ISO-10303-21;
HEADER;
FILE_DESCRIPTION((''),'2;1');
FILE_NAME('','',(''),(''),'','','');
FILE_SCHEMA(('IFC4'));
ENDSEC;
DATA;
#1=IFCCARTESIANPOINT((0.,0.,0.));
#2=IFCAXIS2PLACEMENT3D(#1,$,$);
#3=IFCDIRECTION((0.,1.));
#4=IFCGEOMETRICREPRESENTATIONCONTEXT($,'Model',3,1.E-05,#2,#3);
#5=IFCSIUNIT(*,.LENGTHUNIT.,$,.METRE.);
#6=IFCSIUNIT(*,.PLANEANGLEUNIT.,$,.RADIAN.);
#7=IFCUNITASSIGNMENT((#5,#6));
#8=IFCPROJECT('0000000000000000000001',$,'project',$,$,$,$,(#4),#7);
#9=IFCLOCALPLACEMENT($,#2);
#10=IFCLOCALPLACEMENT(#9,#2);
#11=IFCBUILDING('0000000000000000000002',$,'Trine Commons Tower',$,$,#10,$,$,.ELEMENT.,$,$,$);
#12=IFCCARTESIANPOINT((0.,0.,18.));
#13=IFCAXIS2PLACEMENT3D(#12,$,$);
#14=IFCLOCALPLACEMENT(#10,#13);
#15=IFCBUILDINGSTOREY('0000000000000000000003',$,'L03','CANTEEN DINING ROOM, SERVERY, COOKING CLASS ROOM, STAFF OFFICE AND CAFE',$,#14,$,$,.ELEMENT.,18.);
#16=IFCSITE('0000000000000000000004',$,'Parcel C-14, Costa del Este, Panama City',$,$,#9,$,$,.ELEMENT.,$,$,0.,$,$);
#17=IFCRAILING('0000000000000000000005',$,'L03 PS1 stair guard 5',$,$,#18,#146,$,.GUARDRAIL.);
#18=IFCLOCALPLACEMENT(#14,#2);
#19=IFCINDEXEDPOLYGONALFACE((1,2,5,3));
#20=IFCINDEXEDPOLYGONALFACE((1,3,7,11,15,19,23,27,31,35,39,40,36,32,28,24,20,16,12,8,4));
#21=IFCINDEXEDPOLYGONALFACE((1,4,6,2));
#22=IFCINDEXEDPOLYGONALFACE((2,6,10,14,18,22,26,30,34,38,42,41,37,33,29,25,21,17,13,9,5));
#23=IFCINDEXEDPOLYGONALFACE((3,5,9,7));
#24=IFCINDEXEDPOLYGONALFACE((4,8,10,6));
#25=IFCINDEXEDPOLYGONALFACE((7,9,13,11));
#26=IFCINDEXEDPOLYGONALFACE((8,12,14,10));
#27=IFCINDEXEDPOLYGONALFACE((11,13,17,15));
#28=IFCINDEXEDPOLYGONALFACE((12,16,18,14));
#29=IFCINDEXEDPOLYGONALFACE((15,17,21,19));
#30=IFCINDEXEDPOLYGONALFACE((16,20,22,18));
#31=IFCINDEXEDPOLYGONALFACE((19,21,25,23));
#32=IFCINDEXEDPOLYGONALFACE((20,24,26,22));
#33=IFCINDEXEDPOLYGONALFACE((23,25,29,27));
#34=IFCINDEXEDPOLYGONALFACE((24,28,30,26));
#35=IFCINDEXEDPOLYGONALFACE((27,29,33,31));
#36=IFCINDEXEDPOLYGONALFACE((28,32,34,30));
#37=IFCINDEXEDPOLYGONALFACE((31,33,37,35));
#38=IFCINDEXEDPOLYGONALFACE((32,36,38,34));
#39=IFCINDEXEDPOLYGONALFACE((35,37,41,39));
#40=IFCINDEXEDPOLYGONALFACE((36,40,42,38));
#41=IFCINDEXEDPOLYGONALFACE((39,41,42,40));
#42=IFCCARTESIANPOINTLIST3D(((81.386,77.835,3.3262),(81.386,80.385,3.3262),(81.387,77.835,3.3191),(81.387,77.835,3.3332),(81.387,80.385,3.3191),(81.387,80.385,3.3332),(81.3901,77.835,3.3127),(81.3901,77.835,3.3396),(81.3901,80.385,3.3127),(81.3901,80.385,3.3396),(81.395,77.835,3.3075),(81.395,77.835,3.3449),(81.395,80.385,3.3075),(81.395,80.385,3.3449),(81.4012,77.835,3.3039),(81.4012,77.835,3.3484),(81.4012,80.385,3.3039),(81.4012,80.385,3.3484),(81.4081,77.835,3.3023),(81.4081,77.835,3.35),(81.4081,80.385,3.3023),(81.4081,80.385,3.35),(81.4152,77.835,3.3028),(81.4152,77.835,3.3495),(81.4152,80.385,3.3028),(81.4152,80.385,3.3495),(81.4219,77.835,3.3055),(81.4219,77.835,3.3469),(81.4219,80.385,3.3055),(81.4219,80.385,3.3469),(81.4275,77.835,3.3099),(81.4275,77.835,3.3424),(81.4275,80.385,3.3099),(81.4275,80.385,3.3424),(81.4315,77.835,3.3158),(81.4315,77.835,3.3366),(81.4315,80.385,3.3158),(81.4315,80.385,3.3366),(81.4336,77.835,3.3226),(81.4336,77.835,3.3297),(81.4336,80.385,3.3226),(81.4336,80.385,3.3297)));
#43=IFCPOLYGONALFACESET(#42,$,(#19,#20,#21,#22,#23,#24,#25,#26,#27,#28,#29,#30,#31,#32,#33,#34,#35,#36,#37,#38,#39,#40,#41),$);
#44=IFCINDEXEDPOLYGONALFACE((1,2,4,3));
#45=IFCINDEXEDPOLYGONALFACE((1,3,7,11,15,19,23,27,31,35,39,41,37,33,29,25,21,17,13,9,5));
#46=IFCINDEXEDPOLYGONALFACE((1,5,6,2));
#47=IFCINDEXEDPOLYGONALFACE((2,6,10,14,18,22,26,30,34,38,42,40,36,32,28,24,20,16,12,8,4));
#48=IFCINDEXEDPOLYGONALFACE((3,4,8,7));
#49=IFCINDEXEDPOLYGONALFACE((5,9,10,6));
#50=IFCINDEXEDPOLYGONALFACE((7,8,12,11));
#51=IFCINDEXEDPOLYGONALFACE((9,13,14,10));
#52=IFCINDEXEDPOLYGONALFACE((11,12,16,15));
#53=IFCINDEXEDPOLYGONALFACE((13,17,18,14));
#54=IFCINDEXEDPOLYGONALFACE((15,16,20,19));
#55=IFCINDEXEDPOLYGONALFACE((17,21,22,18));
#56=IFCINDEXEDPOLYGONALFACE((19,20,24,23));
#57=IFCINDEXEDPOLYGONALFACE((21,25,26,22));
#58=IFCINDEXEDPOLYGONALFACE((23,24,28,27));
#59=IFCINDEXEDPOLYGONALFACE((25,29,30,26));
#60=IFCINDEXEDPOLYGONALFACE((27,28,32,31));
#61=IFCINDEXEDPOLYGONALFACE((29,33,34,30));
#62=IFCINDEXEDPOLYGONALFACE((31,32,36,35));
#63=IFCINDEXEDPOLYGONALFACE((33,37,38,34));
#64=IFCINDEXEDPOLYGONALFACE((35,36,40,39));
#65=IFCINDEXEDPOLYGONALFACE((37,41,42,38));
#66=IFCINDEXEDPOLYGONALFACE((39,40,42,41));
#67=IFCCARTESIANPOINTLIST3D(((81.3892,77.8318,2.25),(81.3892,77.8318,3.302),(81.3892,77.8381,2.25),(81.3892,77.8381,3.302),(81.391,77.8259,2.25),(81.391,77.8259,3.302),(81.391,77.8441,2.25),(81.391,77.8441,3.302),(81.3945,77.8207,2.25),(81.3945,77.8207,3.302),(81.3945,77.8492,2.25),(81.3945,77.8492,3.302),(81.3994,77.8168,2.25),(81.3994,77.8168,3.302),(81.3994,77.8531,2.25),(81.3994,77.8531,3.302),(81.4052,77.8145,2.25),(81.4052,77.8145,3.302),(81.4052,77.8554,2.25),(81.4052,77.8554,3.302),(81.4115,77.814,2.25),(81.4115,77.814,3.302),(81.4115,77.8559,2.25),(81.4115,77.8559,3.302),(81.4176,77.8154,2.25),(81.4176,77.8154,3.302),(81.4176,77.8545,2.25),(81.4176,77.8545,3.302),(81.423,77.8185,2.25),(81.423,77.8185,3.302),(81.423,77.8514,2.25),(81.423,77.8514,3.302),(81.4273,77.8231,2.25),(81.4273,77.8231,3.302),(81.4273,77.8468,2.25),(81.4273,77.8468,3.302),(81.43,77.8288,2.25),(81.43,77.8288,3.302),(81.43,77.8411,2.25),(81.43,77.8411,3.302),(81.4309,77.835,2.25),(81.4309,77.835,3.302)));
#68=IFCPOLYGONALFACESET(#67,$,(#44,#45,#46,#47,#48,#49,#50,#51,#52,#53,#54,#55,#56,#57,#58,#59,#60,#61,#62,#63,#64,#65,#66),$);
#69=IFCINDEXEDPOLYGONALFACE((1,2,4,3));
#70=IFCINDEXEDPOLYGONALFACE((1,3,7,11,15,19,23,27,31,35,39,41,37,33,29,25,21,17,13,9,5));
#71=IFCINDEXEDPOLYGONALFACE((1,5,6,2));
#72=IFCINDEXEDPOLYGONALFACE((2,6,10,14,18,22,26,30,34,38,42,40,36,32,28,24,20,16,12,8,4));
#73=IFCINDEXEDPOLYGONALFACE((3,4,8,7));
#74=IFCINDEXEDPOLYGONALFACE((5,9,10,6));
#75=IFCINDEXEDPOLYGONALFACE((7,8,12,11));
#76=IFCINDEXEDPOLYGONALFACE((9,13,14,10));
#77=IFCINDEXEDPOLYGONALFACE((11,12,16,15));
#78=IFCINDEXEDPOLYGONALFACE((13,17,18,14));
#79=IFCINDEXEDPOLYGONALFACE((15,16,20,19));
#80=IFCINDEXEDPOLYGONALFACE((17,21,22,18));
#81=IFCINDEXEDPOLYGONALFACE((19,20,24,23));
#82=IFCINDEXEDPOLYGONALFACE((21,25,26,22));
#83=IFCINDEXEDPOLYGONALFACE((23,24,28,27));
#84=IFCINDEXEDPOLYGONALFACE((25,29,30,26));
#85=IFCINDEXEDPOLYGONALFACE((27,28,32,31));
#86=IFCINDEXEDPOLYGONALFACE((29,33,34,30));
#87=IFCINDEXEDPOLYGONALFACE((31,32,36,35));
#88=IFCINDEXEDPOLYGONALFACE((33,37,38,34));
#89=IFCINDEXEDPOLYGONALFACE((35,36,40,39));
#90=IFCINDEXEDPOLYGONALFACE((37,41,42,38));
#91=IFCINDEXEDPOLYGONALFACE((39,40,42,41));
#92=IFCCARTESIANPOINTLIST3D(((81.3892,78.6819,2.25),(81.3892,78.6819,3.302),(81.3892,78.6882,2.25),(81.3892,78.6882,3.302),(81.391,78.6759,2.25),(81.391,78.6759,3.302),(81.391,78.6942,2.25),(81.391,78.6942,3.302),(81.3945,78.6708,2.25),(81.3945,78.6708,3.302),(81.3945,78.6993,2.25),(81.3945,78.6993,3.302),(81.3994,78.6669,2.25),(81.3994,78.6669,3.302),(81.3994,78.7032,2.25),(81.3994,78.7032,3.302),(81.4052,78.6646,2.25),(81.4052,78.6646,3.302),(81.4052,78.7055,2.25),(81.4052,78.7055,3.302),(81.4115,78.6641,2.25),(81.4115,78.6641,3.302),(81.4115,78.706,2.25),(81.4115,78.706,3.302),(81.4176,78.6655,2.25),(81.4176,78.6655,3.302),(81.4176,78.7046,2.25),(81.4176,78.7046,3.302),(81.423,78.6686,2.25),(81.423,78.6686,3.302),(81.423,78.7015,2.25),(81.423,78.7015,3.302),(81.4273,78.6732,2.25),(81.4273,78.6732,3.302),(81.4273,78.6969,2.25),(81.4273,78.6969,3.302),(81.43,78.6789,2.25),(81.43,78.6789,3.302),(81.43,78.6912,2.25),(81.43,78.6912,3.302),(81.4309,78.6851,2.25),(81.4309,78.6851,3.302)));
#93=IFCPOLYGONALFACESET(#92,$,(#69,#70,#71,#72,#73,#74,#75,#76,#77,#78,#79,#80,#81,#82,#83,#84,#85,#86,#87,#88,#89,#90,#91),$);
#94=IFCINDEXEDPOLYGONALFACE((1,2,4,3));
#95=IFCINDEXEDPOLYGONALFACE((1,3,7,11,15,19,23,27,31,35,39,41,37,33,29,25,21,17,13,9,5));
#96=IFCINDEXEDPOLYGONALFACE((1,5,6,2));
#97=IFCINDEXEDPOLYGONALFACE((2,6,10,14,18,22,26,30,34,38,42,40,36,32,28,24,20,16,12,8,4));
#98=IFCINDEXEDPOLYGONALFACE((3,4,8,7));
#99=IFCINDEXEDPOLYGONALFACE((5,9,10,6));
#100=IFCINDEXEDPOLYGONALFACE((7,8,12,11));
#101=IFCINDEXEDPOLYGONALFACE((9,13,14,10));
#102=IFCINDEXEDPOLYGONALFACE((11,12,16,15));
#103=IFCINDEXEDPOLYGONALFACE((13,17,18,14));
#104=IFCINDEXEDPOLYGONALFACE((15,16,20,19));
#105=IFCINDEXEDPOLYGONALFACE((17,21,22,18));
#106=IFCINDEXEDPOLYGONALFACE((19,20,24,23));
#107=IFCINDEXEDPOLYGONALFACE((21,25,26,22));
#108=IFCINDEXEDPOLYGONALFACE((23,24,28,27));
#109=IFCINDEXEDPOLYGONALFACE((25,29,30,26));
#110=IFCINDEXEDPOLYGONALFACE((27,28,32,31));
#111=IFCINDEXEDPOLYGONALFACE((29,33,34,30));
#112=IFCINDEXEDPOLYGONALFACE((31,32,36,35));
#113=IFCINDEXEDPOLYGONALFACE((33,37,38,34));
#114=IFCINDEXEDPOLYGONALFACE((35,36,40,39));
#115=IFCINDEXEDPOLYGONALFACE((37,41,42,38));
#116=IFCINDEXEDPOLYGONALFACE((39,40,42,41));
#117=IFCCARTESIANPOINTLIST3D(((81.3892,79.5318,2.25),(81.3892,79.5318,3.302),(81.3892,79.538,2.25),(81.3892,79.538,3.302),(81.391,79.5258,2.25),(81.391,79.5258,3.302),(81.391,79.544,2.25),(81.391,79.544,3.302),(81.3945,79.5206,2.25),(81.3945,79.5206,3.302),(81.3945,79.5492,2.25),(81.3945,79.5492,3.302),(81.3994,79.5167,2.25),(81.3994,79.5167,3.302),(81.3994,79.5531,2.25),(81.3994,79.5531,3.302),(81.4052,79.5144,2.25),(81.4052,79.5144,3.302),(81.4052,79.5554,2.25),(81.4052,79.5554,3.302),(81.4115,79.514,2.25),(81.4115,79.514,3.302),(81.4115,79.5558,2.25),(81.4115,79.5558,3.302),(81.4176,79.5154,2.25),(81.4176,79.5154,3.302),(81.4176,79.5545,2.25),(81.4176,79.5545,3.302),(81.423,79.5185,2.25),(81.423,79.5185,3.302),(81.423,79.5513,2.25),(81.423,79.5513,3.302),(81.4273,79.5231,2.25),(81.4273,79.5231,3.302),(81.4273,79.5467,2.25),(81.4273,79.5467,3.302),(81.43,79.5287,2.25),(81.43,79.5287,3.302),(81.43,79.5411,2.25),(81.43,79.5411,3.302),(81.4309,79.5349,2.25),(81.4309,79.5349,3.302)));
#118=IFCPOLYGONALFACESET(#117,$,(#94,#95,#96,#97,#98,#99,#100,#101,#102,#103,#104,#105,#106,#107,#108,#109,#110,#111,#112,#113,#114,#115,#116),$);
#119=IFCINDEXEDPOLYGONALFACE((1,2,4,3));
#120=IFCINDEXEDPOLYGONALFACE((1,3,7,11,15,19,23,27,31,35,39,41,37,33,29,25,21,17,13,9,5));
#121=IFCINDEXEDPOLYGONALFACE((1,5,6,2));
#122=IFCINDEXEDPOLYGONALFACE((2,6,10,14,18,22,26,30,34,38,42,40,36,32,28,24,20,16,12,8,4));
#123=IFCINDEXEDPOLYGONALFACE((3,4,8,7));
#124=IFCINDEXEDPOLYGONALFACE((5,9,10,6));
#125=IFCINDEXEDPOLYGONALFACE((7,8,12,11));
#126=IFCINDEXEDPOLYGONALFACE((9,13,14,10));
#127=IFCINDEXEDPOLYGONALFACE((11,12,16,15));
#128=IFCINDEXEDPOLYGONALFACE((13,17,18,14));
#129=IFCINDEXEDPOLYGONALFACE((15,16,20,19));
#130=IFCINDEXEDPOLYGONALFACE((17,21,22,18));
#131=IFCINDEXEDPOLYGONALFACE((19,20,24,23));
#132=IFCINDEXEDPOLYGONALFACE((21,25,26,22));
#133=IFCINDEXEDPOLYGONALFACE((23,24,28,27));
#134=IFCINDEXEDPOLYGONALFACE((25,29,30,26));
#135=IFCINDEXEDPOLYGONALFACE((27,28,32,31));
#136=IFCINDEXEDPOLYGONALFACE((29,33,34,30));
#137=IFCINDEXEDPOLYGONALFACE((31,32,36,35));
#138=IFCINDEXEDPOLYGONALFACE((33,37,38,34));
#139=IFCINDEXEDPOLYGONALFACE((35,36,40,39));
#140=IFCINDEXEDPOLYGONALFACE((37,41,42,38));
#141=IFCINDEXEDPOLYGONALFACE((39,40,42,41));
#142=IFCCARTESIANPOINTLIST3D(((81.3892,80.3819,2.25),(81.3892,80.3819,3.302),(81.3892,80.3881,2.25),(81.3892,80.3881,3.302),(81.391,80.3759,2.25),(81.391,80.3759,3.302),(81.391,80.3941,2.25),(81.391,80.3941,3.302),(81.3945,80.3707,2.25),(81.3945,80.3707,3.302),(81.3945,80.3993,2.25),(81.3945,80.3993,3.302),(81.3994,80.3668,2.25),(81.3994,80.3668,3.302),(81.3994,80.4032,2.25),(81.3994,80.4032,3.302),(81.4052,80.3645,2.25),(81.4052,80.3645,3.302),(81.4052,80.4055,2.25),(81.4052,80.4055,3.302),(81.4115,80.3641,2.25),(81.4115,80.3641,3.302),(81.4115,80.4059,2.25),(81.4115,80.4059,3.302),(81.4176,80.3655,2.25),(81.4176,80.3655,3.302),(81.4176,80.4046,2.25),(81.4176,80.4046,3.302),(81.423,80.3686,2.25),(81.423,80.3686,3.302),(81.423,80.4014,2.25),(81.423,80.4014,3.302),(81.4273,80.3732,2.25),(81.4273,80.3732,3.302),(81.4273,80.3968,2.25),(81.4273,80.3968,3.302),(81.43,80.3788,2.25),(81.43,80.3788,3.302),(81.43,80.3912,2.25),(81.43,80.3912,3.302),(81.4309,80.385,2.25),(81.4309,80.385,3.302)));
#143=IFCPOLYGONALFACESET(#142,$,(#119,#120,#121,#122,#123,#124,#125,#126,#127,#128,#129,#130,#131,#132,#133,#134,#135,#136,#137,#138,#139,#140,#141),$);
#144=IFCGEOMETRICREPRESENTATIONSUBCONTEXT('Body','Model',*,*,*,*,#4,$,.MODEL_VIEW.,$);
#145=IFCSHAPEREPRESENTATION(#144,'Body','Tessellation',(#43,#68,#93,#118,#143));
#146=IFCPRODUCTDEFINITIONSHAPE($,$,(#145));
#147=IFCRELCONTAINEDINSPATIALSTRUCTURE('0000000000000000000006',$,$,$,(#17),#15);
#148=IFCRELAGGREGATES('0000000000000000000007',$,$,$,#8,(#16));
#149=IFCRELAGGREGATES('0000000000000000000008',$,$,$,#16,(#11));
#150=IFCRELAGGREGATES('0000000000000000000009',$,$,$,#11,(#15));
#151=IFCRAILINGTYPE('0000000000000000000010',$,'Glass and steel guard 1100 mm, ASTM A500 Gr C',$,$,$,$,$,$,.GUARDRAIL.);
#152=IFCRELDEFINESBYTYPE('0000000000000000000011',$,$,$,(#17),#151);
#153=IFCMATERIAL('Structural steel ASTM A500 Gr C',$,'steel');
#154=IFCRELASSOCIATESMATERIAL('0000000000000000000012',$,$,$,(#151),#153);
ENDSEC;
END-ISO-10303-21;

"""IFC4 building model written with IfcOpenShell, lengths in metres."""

from ifc_helpers import new_model, si_unit, direction, frame, origin, origin_2d, place, context, subcontext, project, spatial, circle, extrude, material, type_object, element, save


model = new_model("IFC4")

# Units and contexts
model_context = context("Model", 3, precision=1e-05, world=origin(), true_north=direction((0.0, 1.0)))
body_context = subcontext(model_context, "Body", "Model", "MODEL_VIEW")
ifc_project = project(units=[si_unit("LENGTHUNIT", "METRE"), si_unit("PLANEANGLEUNIT", "RADIAN")], contexts=[model_context])

# Site, building, storey
site_placement = place(None, origin())
site = spatial("IfcSite", under=ifc_project, at=site_placement, Name="Parcel C-14, Costa del Este, Panama City", CompositionType="ELEMENT", RefElevation=0.0)
building_placement = place(site_placement, origin())
building = spatial("IfcBuilding", under=site, at=building_placement, Name="Trine Commons Tower", CompositionType="ELEMENT")
storey_placement = place(building_placement, frame((0.0, 0.0, 18.0)))
storey = spatial("IfcBuildingStorey", under=building, at=storey_placement, Name="L03", Description="CANTEEN DINING ROOM, SERVERY, COOKING CLASS ROOM, STAFF OFFICE AND CAFE", CompositionType="ELEMENT", Elevation=18.0)

# Railing
ifc_material_1 = material(Name="Structural steel ASTM A500 Gr C", Category="steel")
railing_type_1 = type_object("IfcRailingType", Name="Glass and steel guard 1100 mm, ASTM A500 Gr C", PredefinedType="GUARDRAIL", material=ifc_material_1)
railing_1_placement = place(storey_placement, frame((81.4099, 77.835, 2.25)))
element("IfcRailing", 1, at=railing_1_placement, inside=storey, type_object=railing_type_1, Name="L03 PS1 stair guard 5", PredefinedType="GUARDRAIL", context=body_context, shape_type="SweptSolid", body=[
    extrude(circle(Radius=0.0239, at=origin_2d()), frame((0.0, 0.0, 1.0762), z_axis=(0.0, 1.0, 0.0), x_axis=(-1.0, 0.0, 0.0)), (0.0, 0.0, 1.0), 2.55),
    extrude(circle(Radius=0.021, at=origin_2d()), origin(), (0.0, 0.0, 1.0), 1.052),
    extrude(circle(Radius=0.021, at=origin_2d()), frame((0.0, 0.8501, 0.0)), (0.0, 0.0, 1.0), 1.052),
    extrude(circle(Radius=0.021, at=origin_2d()), frame((0.0, 1.7, 0.0)), (0.0, 0.0, 1.0), 1.052),
    extrude(circle(Radius=0.021, at=origin_2d()), frame((0.0, 2.55, 0.0)), (0.0, 0.0, 1.0), 1.052),
])

save(model, "model.ifc")
